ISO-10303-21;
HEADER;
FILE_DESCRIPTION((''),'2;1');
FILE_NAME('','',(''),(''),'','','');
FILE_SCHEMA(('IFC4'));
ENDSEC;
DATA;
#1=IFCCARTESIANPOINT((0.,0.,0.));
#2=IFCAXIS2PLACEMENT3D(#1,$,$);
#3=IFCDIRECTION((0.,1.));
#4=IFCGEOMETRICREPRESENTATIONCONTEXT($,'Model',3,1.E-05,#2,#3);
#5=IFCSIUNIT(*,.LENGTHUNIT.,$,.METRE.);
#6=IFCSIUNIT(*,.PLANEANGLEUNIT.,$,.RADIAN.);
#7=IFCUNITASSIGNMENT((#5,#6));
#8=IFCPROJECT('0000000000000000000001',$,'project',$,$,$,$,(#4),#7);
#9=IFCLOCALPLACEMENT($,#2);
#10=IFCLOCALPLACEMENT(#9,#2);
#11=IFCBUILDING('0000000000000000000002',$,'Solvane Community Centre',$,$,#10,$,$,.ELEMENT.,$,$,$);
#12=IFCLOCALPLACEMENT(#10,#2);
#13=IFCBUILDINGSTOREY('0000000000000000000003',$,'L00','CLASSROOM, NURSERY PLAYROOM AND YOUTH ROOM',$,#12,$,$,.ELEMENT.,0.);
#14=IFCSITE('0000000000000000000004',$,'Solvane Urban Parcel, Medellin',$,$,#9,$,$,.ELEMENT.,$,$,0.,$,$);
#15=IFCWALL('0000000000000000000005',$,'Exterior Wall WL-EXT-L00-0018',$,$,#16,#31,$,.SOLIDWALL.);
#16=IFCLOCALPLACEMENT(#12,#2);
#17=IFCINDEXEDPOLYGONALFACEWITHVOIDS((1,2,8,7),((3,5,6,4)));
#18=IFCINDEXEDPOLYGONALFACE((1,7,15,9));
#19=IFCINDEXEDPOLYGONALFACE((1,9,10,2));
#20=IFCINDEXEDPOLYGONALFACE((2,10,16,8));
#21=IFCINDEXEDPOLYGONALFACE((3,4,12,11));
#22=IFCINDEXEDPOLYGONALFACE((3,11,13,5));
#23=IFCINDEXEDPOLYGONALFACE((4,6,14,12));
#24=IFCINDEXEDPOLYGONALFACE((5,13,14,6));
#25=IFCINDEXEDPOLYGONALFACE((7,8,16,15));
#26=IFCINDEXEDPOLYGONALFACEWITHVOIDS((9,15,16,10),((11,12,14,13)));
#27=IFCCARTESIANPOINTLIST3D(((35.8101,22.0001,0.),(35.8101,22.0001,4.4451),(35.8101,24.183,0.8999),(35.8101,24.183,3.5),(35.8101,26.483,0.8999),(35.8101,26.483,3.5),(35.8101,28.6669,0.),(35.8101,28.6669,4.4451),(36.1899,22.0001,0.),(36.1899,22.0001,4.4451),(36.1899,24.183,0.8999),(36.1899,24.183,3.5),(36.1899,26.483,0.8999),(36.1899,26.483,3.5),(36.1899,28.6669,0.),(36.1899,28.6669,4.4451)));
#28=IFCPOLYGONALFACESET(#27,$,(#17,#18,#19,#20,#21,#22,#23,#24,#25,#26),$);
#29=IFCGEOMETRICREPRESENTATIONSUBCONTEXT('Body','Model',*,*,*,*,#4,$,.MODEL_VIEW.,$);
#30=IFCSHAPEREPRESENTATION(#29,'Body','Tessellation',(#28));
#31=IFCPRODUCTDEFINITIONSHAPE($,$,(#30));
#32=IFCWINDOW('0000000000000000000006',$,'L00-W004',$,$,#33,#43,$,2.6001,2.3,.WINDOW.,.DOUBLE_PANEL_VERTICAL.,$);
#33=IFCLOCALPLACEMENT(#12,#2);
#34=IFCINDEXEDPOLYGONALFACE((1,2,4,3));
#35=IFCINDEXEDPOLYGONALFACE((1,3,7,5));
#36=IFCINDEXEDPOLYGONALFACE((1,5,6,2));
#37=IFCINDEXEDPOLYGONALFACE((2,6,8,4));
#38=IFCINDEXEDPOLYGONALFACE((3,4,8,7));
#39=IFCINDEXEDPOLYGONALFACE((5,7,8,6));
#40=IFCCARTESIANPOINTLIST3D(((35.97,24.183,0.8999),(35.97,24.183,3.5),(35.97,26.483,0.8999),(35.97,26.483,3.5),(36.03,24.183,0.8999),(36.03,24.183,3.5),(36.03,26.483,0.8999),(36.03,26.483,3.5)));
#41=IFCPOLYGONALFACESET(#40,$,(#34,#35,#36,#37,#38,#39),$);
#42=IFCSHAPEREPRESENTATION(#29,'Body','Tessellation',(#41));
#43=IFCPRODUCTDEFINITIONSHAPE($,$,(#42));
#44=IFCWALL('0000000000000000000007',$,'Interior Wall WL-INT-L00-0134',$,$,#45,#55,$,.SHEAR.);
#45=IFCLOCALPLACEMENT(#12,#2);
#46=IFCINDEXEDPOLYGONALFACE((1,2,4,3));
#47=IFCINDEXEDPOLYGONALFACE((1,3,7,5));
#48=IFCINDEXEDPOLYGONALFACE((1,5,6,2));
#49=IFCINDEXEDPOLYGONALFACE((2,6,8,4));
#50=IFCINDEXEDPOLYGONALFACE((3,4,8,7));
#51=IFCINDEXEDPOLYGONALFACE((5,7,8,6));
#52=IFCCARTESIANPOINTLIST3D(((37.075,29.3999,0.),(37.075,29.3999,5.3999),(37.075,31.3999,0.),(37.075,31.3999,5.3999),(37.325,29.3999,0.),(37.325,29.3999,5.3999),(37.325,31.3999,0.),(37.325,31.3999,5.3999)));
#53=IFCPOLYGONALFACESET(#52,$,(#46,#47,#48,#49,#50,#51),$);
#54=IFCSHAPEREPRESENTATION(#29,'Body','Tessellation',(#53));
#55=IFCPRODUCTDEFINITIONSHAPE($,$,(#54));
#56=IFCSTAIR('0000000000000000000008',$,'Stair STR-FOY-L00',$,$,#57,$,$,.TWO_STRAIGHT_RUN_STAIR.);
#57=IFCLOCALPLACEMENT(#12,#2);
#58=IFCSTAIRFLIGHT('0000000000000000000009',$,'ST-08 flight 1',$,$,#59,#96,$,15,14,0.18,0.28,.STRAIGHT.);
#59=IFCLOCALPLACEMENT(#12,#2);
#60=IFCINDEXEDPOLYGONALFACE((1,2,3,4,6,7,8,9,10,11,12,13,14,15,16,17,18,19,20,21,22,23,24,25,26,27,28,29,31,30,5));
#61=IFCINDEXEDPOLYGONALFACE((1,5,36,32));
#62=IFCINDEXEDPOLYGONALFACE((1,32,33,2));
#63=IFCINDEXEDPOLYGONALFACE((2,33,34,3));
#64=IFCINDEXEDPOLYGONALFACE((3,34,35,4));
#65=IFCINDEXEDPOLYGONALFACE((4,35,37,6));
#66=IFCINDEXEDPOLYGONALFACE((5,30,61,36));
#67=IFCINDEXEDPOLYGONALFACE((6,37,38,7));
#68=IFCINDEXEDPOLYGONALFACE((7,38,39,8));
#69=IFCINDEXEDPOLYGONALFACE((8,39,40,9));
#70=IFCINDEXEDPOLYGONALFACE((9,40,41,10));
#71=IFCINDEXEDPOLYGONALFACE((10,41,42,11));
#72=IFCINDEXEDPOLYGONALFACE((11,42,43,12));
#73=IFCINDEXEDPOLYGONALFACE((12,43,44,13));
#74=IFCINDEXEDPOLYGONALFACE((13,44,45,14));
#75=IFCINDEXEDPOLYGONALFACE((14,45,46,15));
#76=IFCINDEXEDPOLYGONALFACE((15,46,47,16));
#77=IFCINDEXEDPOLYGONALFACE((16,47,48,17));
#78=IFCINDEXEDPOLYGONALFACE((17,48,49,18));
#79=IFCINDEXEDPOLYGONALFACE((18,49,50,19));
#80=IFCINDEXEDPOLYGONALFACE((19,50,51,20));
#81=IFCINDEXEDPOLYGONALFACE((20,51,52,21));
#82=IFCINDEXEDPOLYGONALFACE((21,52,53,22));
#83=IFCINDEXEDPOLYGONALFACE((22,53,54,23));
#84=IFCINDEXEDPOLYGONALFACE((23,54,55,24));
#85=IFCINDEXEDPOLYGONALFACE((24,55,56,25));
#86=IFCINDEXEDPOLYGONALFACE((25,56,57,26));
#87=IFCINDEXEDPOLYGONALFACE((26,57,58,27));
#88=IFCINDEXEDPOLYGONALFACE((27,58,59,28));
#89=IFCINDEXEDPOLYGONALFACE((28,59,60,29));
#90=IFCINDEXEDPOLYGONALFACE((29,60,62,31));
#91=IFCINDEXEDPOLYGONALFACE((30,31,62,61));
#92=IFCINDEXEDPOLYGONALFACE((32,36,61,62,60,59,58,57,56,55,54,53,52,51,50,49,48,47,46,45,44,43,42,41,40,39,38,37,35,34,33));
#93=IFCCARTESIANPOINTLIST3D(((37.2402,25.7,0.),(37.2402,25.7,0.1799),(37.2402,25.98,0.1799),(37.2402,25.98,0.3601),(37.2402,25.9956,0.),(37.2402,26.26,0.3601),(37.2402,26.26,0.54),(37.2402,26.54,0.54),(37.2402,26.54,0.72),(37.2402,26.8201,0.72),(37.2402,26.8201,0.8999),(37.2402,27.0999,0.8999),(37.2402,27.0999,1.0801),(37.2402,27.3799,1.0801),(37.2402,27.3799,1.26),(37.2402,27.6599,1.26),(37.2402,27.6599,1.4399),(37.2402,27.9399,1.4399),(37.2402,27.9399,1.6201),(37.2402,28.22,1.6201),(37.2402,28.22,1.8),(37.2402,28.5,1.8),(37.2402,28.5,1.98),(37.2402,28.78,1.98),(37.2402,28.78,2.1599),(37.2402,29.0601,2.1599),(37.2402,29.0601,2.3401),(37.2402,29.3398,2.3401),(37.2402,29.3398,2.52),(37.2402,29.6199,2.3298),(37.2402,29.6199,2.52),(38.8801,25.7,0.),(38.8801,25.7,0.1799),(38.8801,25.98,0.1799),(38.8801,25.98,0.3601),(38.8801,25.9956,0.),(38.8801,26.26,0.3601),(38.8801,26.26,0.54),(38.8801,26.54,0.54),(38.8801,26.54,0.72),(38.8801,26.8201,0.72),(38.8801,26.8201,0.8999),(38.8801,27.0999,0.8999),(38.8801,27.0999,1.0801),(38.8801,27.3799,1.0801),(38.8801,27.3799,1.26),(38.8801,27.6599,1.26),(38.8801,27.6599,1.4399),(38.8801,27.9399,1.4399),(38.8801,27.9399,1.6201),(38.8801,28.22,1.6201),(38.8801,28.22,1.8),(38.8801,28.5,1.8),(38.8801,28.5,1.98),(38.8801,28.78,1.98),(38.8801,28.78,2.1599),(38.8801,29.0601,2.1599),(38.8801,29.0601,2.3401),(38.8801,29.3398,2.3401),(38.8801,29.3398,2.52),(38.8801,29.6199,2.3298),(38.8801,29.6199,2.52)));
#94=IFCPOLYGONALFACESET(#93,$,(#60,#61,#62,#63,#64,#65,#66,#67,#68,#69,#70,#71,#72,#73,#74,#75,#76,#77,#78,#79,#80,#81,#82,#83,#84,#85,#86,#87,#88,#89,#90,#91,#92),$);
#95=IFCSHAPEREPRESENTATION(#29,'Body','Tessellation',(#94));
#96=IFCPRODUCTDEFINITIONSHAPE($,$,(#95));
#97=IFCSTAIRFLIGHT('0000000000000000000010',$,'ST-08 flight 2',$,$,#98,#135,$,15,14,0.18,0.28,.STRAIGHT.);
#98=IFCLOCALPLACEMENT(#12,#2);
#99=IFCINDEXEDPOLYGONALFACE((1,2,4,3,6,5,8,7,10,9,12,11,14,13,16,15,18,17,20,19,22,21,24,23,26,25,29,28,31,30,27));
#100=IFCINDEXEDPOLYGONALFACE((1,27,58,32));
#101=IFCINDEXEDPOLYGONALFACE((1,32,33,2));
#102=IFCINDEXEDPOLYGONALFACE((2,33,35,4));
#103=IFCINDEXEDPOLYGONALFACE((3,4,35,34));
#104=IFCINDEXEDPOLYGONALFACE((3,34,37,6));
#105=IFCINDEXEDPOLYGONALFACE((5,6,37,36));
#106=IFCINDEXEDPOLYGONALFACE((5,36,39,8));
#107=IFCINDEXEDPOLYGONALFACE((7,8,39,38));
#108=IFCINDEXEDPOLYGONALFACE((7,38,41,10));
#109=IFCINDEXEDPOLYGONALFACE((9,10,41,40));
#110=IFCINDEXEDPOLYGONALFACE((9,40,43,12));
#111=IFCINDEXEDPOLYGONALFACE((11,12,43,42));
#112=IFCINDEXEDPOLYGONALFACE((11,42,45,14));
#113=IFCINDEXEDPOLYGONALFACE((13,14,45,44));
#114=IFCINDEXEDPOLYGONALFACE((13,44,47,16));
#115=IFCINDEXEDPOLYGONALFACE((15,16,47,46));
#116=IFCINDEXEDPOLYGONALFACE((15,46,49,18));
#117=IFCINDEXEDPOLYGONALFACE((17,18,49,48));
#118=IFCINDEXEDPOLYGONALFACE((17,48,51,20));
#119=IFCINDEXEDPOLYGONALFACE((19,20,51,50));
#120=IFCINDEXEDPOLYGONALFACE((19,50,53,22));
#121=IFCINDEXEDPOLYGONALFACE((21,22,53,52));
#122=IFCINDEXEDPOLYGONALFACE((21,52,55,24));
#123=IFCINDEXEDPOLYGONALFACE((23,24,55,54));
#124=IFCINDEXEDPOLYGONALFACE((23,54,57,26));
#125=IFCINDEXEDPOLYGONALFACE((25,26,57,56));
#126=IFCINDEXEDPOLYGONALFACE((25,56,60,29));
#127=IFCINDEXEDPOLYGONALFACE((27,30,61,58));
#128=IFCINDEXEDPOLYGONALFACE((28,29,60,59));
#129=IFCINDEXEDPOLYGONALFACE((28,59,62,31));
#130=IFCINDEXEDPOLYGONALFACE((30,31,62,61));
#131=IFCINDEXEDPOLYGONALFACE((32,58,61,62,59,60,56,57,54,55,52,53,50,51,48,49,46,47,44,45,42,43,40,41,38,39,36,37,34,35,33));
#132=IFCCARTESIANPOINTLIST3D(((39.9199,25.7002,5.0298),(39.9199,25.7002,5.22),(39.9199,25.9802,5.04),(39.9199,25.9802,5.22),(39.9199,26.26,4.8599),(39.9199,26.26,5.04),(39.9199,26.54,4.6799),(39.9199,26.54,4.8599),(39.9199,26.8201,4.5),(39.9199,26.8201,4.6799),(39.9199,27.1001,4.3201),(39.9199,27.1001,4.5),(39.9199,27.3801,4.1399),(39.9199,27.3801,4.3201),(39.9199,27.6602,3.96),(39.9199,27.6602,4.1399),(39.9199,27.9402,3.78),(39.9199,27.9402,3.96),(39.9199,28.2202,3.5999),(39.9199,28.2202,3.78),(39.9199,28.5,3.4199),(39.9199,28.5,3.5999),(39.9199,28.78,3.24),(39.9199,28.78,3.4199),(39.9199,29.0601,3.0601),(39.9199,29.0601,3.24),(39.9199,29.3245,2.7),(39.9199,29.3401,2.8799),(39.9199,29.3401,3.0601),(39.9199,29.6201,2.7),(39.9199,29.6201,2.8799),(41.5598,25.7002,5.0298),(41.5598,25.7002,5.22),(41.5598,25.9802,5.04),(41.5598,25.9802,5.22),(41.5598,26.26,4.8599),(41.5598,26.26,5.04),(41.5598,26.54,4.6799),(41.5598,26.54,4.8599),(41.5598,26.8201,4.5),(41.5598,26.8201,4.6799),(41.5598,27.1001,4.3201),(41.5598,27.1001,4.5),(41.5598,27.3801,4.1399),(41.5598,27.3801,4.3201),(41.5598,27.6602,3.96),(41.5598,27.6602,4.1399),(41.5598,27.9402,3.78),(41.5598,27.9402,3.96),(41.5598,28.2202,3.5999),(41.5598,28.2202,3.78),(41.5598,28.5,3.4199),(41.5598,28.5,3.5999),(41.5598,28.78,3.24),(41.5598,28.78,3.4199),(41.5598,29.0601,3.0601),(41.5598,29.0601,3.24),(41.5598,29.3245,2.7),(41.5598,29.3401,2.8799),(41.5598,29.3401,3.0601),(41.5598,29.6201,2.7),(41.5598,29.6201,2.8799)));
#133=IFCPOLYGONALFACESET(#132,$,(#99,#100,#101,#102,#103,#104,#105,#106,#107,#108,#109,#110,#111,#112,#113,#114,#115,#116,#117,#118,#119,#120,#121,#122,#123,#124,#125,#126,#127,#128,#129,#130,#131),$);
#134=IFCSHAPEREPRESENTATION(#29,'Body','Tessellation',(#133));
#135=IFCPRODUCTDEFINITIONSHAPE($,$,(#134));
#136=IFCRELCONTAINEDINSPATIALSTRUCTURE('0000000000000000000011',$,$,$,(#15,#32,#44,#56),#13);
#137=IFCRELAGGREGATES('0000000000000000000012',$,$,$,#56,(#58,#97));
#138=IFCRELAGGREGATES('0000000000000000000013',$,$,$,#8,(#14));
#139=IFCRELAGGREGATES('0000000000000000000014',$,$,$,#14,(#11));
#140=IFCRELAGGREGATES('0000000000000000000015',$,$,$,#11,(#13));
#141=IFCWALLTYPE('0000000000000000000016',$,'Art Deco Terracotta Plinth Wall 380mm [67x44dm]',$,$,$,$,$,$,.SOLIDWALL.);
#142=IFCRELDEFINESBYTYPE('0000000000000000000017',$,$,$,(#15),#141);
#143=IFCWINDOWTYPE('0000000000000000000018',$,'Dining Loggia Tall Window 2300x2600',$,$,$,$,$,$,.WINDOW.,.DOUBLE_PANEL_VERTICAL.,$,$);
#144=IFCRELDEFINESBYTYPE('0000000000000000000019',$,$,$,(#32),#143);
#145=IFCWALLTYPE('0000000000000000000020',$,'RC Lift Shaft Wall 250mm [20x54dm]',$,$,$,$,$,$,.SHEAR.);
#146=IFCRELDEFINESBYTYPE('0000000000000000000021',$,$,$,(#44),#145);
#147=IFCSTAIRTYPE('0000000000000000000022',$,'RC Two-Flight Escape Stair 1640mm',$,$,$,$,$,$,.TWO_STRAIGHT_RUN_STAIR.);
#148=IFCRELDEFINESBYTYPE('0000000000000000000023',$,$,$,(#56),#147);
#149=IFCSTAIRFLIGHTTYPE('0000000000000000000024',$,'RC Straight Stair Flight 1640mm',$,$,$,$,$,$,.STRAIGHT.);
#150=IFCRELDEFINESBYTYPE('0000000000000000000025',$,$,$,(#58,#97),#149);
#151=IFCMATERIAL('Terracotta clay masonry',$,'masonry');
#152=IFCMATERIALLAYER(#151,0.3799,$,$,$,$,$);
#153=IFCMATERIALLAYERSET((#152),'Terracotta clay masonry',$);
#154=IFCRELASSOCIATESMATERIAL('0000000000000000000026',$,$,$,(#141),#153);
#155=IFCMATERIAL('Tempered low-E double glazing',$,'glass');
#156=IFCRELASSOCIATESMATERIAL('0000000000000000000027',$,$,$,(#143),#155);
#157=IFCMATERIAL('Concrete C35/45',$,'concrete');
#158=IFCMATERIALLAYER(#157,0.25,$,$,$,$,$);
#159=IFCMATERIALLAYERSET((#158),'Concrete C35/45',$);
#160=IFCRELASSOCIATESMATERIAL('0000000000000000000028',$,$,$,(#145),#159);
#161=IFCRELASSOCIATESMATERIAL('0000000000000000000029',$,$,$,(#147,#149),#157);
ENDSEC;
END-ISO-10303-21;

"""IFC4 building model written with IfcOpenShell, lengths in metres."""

from ifc_helpers import new_model, si_unit, direction, frame, frame_2d, origin, place, context, subcontext, project, spatial, polyline, rectangle, outline, extrude, material, layer, layer_set, type_object, element, fill, aggregate, save


model = new_model("IFC4")

# Units and contexts
model_context = context("Model", 3, precision=1e-05, world=origin(), true_north=direction((0.0, 1.0)))
body_context = subcontext(model_context, "Body", "Model", "MODEL_VIEW")
ifc_project = project(units=[si_unit("LENGTHUNIT", "METRE"), si_unit("PLANEANGLEUNIT", "RADIAN")], contexts=[model_context])

# Site, building, storey
site_placement = place(None, origin())
site = spatial("IfcSite", under=ifc_project, at=site_placement, Name="Solvane Urban Parcel, Medellin", CompositionType="ELEMENT", RefElevation=0.0)
building_placement = place(site_placement, origin())
building = spatial("IfcBuilding", under=site, at=building_placement, Name="Solvane Community Centre", CompositionType="ELEMENT")
storey_placement = place(building_placement, origin())
storey = spatial("IfcBuildingStorey", under=building, at=storey_placement, Name="L00", Description="CLASSROOM, NURSERY PLAYROOM AND YOUTH ROOM", CompositionType="ELEMENT", Elevation=0.0)

# Shared definitions
ifc_material_1 = material(Name="Concrete C35/45", Category="concrete")

# Wall, opening, window
ifc_material_2 = material(Name="Terracotta clay masonry", Category="masonry")
ifc_layer_1 = layer(ifc_material_2, 0.3799)
ifc_layer_set_1 = layer_set([ifc_layer_1], Name="Terracotta clay masonry")
wall_type_1 = type_object("IfcWallType", Name="Art Deco Terracotta Plinth Wall 380mm [67x44dm]", PredefinedType="SOLIDWALL", material=ifc_layer_set_1)
wall_1_placement = place(storey_placement, frame((36.0, 22.0, 0.0), z_axis=(0.0, 0.0, 1.0), x_axis=(0.0, 1.0, 0.0)))
wall_1 = element("IfcWall", 1, at=wall_1_placement, inside=storey, type_object=wall_type_1, Name="Exterior Wall WL-EXT-L00-0018", PredefinedType="SOLIDWALL", context=body_context, shape_type="SweptSolid", body=[
    extrude(rectangle(XDim=6.6667, YDim=0.3799, at=frame_2d((3.3335, 0.0))), origin(), (0.0, 0.0, 1.0), 4.4451),
])
opening_placement = place(wall_1_placement, frame((2.1831, 0.0, 0.8999)))
opening = element("IfcOpeningElement", 2, at=opening_placement, cuts=wall_1, PredefinedType="OPENING", context=body_context, shape_type="SweptSolid", body=[
    extrude(rectangle(XDim=2.3, YDim=2.6001, at=frame_2d((1.1499, 1.3))), frame((0.0, 0.2, 0.0), z_axis=(0.0, -1.0, 0.0), x_axis=(1.0, 0.0, 0.0)), (0.0, 0.0, 1.0), 0.3999),
])
ifc_material_3 = material(Name="Tempered low-E double glazing", Category="glass")
window_type = type_object("IfcWindowType", Name="Dining Loggia Tall Window 2300x2600", PartitioningType="DOUBLE_PANEL_VERTICAL", PredefinedType="WINDOW", material=ifc_material_3)
window_placement = place(opening_placement, origin())
window = element("IfcWindow", 3, at=window_placement, inside=storey, type_object=window_type, Name="L00-W004", OverallHeight=2.6001, OverallWidth=2.3, PartitioningType="DOUBLE_PANEL_VERTICAL", PredefinedType="WINDOW", context=body_context, shape_type="SweptSolid", body=[
    extrude(rectangle(XDim=2.3, YDim=2.6001, at=frame_2d((1.1499, 1.3))), frame((0.0, 0.03, 0.0), z_axis=(0.0, -1.0, 0.0), x_axis=(1.0, 0.0, 0.0)), (0.0, 0.0, 1.0), 0.0601),
])
fill(opening, window)

# Wall
ifc_layer_2 = layer(ifc_material_1, 0.25)
ifc_layer_set_2 = layer_set([ifc_layer_2], Name="Concrete C35/45")
wall_type_2 = type_object("IfcWallType", Name="RC Lift Shaft Wall 250mm [20x54dm]", PredefinedType="SHEAR", material=ifc_layer_set_2)
wall_2_placement = place(storey_placement, frame((37.2, 29.3999, 0.0), z_axis=(0.0, 0.0, 1.0), x_axis=(0.0, 1.0, 0.0)))
element("IfcWall", 4, at=wall_2_placement, inside=storey, type_object=wall_type_2, Name="Interior Wall WL-INT-L00-0134", PredefinedType="SHEAR", context=body_context, shape_type="SweptSolid", body=[
    extrude(rectangle(XDim=2.0, YDim=0.25, at=frame_2d((1.0, 0.0))), origin(), (0.0, 0.0, 1.0), 5.3999),
])

# Stair, stair flights
stair_type = type_object("IfcStairType", Name="RC Two-Flight Escape Stair 1640mm", PredefinedType="TWO_STRAIGHT_RUN_STAIR", material=ifc_material_1)
stair_placement = place(storey_placement, origin())
stair = element("IfcStair", 5, at=stair_placement, inside=storey, type_object=stair_type, Name="Stair STR-FOY-L00", PredefinedType="TWO_STRAIGHT_RUN_STAIR")
stair_flight_type = type_object("IfcStairFlightType", Name="RC Straight Stair Flight 1640mm", PredefinedType="STRAIGHT", material=ifc_material_1)
stair_flight_1_placement = place(storey_placement, frame((38.0601, 25.7, 0.0), z_axis=(0.0, 0.0, 1.0), x_axis=(0.0, 1.0, 0.0)))
stair_flight_1 = element("IfcStairFlight", 6, at=stair_flight_1_placement, type_object=stair_flight_type, Name="ST-08 flight 1", NumberOfRisers=15, NumberOfTreads=14, PredefinedType="STRAIGHT", RiserHeight=0.18, TreadLength=0.28, context=body_context, shape_type="SweptSolid", body=[
    extrude(outline(polyline([(0.0, 0.0), (0.0, 0.1799), (0.28, 0.1799), (0.28, 0.3601), (0.5601, 0.3601), (0.5601, 0.54), (0.8401, 0.54), (0.8401, 0.72), (1.1201, 0.72), (1.1201, 0.8999), (1.3999, 0.8999), (1.3999, 1.0801), (1.6799, 1.0801), (1.6799, 1.26), (1.96, 1.26), (1.96, 1.4399), (2.24, 1.4399), (2.24, 1.6201), (2.52, 1.6201), (2.52, 1.8), (2.8, 1.8), (2.8, 1.98), (3.0801, 1.98), (3.0801, 2.1599), (3.3601, 2.1599), (3.3601, 2.3401), (3.6399, 2.3401), (3.6399, 2.52), (3.9199, 2.52), (3.9199, 2.7), (3.9199, 2.3298), (0.2957, 0.0), (0.0, 0.0)])), frame((0.0, 0.8198, 0.0), z_axis=(0.0, -1.0, 0.0), x_axis=(1.0, 0.0, 0.0)), (0.0, 0.0, 1.0), 1.6399),
])
stair_flight_2_placement = place(storey_placement, frame((40.74, 29.6201, 2.7), z_axis=(0.0, 0.0, 1.0), x_axis=(0.0, -1.0, 0.0)))
stair_flight_2 = element("IfcStairFlight", 7, at=stair_flight_2_placement, type_object=stair_flight_type, Name="ST-08 flight 2", NumberOfRisers=15, NumberOfTreads=14, PredefinedType="STRAIGHT", RiserHeight=0.18, TreadLength=0.28, context=body_context, shape_type="SweptSolid", body=[
    extrude(outline(polyline([(0.0, 0.0), (0.0, 0.1799), (0.28, 0.1799), (0.28, 0.3601), (0.5601, 0.3601), (0.5601, 0.54), (0.8401, 0.54), (0.8401, 0.72), (1.1201, 0.72), (1.1201, 0.8999), (1.3999, 0.8999), (1.3999, 1.0801), (1.6799, 1.0801), (1.6799, 1.26), (1.96, 1.26), (1.96, 1.4399), (2.24, 1.4399), (2.24, 1.6201), (2.52, 1.6201), (2.52, 1.8), (2.8, 1.8), (2.8, 1.98), (3.0801, 1.98), (3.0801, 2.1599), (3.3601, 2.1599), (3.3601, 2.3401), (3.6399, 2.3401), (3.6399, 2.52), (3.9199, 2.52), (3.9199, 2.7), (3.9199, 2.3298), (0.2957, 0.0), (0.0, 0.0)])), frame((0.0, 0.8198, 0.0), z_axis=(0.0, -1.0, 0.0), x_axis=(1.0, 0.0, 0.0)), (0.0, 0.0, 1.0), 1.6399),
])
aggregate(stair, [stair_flight_1, stair_flight_2])

save(model, "model.ifc")
